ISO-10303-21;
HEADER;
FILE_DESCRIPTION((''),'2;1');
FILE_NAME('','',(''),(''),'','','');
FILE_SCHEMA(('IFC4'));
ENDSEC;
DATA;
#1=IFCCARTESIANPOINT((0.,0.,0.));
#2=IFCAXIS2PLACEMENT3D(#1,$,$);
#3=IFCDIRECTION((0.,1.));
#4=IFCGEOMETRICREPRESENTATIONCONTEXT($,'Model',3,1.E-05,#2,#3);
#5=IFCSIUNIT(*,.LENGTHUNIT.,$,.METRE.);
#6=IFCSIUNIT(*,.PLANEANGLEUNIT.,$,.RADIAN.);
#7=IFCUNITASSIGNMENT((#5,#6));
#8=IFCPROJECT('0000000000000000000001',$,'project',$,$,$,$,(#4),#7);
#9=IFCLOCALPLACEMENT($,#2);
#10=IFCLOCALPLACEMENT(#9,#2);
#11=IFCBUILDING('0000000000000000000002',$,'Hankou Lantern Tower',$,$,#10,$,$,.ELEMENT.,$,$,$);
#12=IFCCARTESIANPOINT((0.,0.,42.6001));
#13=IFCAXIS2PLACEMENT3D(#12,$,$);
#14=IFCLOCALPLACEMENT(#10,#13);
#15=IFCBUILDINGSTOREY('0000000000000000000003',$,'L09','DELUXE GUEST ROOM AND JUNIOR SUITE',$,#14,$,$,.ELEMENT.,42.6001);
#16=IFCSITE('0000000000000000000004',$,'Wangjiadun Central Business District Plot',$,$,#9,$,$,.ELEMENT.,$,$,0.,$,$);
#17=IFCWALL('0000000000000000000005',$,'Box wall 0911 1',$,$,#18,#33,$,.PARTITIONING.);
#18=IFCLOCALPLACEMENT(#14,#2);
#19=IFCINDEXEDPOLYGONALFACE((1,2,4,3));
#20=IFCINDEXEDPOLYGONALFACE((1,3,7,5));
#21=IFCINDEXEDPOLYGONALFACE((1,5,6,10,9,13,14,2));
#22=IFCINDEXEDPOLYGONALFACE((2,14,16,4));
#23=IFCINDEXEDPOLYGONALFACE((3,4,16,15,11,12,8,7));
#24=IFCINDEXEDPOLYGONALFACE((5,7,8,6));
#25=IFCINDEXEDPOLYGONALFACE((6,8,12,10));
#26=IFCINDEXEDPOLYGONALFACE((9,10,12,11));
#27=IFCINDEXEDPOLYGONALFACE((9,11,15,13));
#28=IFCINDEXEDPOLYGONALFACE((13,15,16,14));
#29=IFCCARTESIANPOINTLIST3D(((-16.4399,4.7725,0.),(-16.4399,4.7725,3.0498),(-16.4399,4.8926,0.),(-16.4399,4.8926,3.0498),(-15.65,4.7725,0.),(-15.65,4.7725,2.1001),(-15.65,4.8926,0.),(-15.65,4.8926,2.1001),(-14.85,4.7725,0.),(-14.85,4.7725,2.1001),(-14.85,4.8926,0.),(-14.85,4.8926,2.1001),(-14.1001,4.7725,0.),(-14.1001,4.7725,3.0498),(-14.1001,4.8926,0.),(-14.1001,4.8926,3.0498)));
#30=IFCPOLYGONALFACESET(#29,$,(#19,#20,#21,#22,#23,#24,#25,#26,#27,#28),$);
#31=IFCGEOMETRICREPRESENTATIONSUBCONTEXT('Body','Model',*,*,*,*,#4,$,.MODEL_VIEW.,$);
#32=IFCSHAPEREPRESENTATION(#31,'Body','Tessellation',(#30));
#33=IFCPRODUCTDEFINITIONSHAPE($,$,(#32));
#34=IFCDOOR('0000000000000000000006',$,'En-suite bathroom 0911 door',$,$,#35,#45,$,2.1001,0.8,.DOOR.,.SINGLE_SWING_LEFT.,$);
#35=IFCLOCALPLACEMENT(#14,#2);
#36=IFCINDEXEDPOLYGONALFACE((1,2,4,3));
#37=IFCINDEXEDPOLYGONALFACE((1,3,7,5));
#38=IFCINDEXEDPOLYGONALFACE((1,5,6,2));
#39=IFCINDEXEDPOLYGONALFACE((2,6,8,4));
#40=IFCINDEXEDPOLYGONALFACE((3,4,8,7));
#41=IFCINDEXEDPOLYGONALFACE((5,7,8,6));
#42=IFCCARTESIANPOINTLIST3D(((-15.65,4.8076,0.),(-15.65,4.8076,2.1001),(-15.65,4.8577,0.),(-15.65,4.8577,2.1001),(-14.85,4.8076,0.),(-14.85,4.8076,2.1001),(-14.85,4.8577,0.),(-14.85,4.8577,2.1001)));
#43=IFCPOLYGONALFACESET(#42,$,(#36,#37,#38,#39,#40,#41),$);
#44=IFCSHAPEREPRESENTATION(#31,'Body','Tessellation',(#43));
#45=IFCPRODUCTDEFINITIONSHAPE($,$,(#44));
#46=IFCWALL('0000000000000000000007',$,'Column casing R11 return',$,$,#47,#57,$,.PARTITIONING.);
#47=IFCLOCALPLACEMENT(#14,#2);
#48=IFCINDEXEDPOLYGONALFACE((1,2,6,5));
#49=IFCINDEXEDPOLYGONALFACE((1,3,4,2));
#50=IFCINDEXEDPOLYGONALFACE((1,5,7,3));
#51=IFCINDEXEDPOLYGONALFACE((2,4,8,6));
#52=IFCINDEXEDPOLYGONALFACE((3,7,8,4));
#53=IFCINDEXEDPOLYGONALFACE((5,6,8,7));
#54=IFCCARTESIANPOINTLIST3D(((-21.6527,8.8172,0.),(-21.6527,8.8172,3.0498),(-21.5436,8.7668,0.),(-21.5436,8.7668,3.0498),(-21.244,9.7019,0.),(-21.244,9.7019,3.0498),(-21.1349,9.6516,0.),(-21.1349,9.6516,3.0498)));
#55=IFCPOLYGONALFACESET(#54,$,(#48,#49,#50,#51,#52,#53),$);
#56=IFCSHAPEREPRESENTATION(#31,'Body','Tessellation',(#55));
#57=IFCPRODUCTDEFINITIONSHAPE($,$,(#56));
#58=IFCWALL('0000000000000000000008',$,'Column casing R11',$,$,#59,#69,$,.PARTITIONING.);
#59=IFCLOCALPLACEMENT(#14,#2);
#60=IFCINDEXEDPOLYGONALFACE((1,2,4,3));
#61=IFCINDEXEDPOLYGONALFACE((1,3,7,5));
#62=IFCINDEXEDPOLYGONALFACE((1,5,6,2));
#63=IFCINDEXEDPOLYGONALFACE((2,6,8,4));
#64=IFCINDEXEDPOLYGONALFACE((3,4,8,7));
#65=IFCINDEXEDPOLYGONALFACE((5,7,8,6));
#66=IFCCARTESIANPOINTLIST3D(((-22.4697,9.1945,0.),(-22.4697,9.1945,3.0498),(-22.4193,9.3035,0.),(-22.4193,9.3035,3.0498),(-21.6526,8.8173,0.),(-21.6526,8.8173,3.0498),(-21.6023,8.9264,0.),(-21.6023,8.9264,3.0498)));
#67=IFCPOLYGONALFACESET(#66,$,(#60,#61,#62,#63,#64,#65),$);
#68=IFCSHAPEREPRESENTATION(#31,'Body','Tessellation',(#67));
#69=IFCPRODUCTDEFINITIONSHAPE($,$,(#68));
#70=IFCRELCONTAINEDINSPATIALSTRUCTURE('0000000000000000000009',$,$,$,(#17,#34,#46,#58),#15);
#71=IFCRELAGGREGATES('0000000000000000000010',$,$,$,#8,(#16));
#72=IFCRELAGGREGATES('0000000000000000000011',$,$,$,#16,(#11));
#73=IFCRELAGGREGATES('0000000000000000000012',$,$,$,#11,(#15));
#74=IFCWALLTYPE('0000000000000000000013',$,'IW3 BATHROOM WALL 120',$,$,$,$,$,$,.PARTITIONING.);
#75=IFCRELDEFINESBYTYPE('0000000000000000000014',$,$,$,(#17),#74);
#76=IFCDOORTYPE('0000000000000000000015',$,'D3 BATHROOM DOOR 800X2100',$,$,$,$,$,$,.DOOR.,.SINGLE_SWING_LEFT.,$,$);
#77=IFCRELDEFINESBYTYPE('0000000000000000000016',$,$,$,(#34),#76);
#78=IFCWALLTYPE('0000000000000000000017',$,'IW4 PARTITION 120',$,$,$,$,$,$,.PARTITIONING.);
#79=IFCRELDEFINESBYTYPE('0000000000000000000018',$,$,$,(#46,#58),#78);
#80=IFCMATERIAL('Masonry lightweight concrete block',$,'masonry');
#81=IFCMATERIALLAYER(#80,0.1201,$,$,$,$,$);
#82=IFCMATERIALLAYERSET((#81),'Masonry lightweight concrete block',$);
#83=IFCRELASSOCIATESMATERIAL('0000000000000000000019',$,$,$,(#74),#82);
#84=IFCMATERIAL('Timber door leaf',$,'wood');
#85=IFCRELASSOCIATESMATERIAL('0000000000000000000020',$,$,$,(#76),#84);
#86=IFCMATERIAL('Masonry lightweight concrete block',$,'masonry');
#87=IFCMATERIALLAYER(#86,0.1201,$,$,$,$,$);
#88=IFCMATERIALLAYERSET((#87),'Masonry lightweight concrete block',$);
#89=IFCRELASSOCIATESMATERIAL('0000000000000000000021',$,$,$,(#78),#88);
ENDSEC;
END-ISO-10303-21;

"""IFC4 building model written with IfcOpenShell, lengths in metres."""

from ifc_helpers import new_model, si_unit, direction, frame, frame_2d, origin, place, context, subcontext, project, spatial, rectangle, extrude, material, layer, layer_set, type_object, element, fill, save


model = new_model("IFC4")

# Units and contexts
model_context = context("Model", 3, precision=1e-05, world=origin(), true_north=direction((0.0, 1.0)))
body_context = subcontext(model_context, "Body", "Model", "MODEL_VIEW")
ifc_project = project(units=[si_unit("LENGTHUNIT", "METRE"), si_unit("PLANEANGLEUNIT", "RADIAN")], contexts=[model_context])

# Site, building, storey
site_placement = place(None, origin())
site = spatial("IfcSite", under=ifc_project, at=site_placement, Name="Wangjiadun Central Business District Plot", CompositionType="ELEMENT", RefElevation=0.0)
building_placement = place(site_placement, origin())
building = spatial("IfcBuilding", under=site, at=building_placement, Name="Hankou Lantern Tower", CompositionType="ELEMENT")
storey_placement = place(building_placement, frame((0.0, 0.0, 42.6001)))
storey = spatial("IfcBuildingStorey", under=building, at=storey_placement, Name="L09", Description="DELUXE GUEST ROOM AND JUNIOR SUITE", CompositionType="ELEMENT", Elevation=42.6001)

# Shared definitions
ifc_material_1 = material(Name="Masonry lightweight concrete block", Category="masonry")
ifc_layer_1 = layer(ifc_material_1, 0.1201)
ifc_layer_set_1 = layer_set([ifc_layer_1], Name="Masonry lightweight concrete block")
wall_type_1 = type_object("IfcWallType", Name="IW3 BATHROOM WALL 120", PredefinedType="PARTITIONING", material=ifc_layer_set_1)

# Shared definitions
ifc_material_2 = material(Name="Timber door leaf", Category="wood")
door_type_1 = type_object("IfcDoorType", Name="D3 BATHROOM DOOR 800X2100", OperationType="SINGLE_SWING_LEFT", PredefinedType="DOOR", material=ifc_material_2)

# Wall, opening, door
wall_1_placement = place(storey_placement, frame((-14.1001, 4.8325, 0.0), z_axis=(0.0, 0.0, 1.0), x_axis=(-1.0, 0.0, 0.0)))
wall_1 = element("IfcWall", 1, at=wall_1_placement, inside=storey, type_object=wall_type_1, Name="Box wall 0911 1", PredefinedType="PARTITIONING", context=body_context, shape_type="SweptSolid", body=[
    extrude(rectangle(XDim=2.3398, YDim=0.1201, at=frame_2d((1.1699, 0.0))), origin(), (0.0, 0.0, 1.0), 3.0498),
])
opening_1_placement = place(wall_1_placement, frame((0.75, 0.0, 0.0)))
opening_1 = element("IfcOpeningElement", 2, at=opening_1_placement, cuts=wall_1, PredefinedType="OPENING", context=body_context, shape_type="SweptSolid", body=[
    extrude(rectangle(XDim=0.8, YDim=2.1001, at=frame_2d((0.3999, 1.05))), frame((0.0, 0.0701, 0.0), z_axis=(0.0, -1.0, 0.0), x_axis=(1.0, 0.0, 0.0)), (0.0, 0.0, 1.0), 0.1401),
])
door_1_placement = place(opening_1_placement, origin())
door_1 = element("IfcDoor", 3, at=door_1_placement, inside=storey, type_object=door_type_1, Name="En-suite bathroom 0911 door", OperationType="SINGLE_SWING_LEFT", OverallHeight=2.1001, OverallWidth=0.8, PredefinedType="DOOR", context=body_context, shape_type="SweptSolid", body=[
    extrude(rectangle(XDim=0.8, YDim=2.1001, at=frame_2d((0.3999, 1.05))), frame((0.0, 0.0249, 0.0), z_axis=(0.0, -1.0, 0.0), x_axis=(1.0, 0.0, 0.0)), (0.0, 0.0, 1.0), 0.05),
])
fill(opening_1, door_1)

# Walls
ifc_material_3 = material(Name="Masonry lightweight concrete block", Category="masonry")
ifc_layer_2 = layer(ifc_material_3, 0.1201)
ifc_layer_set_2 = layer_set([ifc_layer_2], Name="Masonry lightweight concrete block")
wall_type_2 = type_object("IfcWallType", Name="IW4 PARTITION 120", PredefinedType="PARTITIONING", material=ifc_layer_set_2)
wall_2_placement = place(storey_placement, frame((-21.1895, 9.6768, 0.0), z_axis=(0.0, 0.0, 1.0), x_axis=(-0.419344, -0.907827, 0.0)))
element("IfcWall", 4, at=wall_2_placement, inside=storey, type_object=wall_type_2, Name="Column casing R11 return", PredefinedType="PARTITIONING", context=body_context, shape_type="SweptSolid", body=[
    extrude(rectangle(XDim=0.9746, YDim=0.1201, at=frame_2d((0.4873, 0.0))), origin(), (0.0, 0.0, 1.0), 3.0498),
])
wall_3_placement = place(storey_placement, frame((-21.6274, 8.8718, 0.0), z_axis=(0.0, 0.0, 1.0), x_axis=(-0.907936, 0.41911, 0.0)))
element("IfcWall", 5, at=wall_3_placement, inside=storey, type_object=wall_type_2, Name="Column casing R11", PredefinedType="PARTITIONING", context=body_context, shape_type="SweptSolid", body=[
    extrude(rectangle(XDim=0.8999, YDim=0.1201, at=frame_2d((0.45, 0.0))), origin(), (0.0, 0.0, 1.0), 3.0498),
])

save(model, "model.ifc")
